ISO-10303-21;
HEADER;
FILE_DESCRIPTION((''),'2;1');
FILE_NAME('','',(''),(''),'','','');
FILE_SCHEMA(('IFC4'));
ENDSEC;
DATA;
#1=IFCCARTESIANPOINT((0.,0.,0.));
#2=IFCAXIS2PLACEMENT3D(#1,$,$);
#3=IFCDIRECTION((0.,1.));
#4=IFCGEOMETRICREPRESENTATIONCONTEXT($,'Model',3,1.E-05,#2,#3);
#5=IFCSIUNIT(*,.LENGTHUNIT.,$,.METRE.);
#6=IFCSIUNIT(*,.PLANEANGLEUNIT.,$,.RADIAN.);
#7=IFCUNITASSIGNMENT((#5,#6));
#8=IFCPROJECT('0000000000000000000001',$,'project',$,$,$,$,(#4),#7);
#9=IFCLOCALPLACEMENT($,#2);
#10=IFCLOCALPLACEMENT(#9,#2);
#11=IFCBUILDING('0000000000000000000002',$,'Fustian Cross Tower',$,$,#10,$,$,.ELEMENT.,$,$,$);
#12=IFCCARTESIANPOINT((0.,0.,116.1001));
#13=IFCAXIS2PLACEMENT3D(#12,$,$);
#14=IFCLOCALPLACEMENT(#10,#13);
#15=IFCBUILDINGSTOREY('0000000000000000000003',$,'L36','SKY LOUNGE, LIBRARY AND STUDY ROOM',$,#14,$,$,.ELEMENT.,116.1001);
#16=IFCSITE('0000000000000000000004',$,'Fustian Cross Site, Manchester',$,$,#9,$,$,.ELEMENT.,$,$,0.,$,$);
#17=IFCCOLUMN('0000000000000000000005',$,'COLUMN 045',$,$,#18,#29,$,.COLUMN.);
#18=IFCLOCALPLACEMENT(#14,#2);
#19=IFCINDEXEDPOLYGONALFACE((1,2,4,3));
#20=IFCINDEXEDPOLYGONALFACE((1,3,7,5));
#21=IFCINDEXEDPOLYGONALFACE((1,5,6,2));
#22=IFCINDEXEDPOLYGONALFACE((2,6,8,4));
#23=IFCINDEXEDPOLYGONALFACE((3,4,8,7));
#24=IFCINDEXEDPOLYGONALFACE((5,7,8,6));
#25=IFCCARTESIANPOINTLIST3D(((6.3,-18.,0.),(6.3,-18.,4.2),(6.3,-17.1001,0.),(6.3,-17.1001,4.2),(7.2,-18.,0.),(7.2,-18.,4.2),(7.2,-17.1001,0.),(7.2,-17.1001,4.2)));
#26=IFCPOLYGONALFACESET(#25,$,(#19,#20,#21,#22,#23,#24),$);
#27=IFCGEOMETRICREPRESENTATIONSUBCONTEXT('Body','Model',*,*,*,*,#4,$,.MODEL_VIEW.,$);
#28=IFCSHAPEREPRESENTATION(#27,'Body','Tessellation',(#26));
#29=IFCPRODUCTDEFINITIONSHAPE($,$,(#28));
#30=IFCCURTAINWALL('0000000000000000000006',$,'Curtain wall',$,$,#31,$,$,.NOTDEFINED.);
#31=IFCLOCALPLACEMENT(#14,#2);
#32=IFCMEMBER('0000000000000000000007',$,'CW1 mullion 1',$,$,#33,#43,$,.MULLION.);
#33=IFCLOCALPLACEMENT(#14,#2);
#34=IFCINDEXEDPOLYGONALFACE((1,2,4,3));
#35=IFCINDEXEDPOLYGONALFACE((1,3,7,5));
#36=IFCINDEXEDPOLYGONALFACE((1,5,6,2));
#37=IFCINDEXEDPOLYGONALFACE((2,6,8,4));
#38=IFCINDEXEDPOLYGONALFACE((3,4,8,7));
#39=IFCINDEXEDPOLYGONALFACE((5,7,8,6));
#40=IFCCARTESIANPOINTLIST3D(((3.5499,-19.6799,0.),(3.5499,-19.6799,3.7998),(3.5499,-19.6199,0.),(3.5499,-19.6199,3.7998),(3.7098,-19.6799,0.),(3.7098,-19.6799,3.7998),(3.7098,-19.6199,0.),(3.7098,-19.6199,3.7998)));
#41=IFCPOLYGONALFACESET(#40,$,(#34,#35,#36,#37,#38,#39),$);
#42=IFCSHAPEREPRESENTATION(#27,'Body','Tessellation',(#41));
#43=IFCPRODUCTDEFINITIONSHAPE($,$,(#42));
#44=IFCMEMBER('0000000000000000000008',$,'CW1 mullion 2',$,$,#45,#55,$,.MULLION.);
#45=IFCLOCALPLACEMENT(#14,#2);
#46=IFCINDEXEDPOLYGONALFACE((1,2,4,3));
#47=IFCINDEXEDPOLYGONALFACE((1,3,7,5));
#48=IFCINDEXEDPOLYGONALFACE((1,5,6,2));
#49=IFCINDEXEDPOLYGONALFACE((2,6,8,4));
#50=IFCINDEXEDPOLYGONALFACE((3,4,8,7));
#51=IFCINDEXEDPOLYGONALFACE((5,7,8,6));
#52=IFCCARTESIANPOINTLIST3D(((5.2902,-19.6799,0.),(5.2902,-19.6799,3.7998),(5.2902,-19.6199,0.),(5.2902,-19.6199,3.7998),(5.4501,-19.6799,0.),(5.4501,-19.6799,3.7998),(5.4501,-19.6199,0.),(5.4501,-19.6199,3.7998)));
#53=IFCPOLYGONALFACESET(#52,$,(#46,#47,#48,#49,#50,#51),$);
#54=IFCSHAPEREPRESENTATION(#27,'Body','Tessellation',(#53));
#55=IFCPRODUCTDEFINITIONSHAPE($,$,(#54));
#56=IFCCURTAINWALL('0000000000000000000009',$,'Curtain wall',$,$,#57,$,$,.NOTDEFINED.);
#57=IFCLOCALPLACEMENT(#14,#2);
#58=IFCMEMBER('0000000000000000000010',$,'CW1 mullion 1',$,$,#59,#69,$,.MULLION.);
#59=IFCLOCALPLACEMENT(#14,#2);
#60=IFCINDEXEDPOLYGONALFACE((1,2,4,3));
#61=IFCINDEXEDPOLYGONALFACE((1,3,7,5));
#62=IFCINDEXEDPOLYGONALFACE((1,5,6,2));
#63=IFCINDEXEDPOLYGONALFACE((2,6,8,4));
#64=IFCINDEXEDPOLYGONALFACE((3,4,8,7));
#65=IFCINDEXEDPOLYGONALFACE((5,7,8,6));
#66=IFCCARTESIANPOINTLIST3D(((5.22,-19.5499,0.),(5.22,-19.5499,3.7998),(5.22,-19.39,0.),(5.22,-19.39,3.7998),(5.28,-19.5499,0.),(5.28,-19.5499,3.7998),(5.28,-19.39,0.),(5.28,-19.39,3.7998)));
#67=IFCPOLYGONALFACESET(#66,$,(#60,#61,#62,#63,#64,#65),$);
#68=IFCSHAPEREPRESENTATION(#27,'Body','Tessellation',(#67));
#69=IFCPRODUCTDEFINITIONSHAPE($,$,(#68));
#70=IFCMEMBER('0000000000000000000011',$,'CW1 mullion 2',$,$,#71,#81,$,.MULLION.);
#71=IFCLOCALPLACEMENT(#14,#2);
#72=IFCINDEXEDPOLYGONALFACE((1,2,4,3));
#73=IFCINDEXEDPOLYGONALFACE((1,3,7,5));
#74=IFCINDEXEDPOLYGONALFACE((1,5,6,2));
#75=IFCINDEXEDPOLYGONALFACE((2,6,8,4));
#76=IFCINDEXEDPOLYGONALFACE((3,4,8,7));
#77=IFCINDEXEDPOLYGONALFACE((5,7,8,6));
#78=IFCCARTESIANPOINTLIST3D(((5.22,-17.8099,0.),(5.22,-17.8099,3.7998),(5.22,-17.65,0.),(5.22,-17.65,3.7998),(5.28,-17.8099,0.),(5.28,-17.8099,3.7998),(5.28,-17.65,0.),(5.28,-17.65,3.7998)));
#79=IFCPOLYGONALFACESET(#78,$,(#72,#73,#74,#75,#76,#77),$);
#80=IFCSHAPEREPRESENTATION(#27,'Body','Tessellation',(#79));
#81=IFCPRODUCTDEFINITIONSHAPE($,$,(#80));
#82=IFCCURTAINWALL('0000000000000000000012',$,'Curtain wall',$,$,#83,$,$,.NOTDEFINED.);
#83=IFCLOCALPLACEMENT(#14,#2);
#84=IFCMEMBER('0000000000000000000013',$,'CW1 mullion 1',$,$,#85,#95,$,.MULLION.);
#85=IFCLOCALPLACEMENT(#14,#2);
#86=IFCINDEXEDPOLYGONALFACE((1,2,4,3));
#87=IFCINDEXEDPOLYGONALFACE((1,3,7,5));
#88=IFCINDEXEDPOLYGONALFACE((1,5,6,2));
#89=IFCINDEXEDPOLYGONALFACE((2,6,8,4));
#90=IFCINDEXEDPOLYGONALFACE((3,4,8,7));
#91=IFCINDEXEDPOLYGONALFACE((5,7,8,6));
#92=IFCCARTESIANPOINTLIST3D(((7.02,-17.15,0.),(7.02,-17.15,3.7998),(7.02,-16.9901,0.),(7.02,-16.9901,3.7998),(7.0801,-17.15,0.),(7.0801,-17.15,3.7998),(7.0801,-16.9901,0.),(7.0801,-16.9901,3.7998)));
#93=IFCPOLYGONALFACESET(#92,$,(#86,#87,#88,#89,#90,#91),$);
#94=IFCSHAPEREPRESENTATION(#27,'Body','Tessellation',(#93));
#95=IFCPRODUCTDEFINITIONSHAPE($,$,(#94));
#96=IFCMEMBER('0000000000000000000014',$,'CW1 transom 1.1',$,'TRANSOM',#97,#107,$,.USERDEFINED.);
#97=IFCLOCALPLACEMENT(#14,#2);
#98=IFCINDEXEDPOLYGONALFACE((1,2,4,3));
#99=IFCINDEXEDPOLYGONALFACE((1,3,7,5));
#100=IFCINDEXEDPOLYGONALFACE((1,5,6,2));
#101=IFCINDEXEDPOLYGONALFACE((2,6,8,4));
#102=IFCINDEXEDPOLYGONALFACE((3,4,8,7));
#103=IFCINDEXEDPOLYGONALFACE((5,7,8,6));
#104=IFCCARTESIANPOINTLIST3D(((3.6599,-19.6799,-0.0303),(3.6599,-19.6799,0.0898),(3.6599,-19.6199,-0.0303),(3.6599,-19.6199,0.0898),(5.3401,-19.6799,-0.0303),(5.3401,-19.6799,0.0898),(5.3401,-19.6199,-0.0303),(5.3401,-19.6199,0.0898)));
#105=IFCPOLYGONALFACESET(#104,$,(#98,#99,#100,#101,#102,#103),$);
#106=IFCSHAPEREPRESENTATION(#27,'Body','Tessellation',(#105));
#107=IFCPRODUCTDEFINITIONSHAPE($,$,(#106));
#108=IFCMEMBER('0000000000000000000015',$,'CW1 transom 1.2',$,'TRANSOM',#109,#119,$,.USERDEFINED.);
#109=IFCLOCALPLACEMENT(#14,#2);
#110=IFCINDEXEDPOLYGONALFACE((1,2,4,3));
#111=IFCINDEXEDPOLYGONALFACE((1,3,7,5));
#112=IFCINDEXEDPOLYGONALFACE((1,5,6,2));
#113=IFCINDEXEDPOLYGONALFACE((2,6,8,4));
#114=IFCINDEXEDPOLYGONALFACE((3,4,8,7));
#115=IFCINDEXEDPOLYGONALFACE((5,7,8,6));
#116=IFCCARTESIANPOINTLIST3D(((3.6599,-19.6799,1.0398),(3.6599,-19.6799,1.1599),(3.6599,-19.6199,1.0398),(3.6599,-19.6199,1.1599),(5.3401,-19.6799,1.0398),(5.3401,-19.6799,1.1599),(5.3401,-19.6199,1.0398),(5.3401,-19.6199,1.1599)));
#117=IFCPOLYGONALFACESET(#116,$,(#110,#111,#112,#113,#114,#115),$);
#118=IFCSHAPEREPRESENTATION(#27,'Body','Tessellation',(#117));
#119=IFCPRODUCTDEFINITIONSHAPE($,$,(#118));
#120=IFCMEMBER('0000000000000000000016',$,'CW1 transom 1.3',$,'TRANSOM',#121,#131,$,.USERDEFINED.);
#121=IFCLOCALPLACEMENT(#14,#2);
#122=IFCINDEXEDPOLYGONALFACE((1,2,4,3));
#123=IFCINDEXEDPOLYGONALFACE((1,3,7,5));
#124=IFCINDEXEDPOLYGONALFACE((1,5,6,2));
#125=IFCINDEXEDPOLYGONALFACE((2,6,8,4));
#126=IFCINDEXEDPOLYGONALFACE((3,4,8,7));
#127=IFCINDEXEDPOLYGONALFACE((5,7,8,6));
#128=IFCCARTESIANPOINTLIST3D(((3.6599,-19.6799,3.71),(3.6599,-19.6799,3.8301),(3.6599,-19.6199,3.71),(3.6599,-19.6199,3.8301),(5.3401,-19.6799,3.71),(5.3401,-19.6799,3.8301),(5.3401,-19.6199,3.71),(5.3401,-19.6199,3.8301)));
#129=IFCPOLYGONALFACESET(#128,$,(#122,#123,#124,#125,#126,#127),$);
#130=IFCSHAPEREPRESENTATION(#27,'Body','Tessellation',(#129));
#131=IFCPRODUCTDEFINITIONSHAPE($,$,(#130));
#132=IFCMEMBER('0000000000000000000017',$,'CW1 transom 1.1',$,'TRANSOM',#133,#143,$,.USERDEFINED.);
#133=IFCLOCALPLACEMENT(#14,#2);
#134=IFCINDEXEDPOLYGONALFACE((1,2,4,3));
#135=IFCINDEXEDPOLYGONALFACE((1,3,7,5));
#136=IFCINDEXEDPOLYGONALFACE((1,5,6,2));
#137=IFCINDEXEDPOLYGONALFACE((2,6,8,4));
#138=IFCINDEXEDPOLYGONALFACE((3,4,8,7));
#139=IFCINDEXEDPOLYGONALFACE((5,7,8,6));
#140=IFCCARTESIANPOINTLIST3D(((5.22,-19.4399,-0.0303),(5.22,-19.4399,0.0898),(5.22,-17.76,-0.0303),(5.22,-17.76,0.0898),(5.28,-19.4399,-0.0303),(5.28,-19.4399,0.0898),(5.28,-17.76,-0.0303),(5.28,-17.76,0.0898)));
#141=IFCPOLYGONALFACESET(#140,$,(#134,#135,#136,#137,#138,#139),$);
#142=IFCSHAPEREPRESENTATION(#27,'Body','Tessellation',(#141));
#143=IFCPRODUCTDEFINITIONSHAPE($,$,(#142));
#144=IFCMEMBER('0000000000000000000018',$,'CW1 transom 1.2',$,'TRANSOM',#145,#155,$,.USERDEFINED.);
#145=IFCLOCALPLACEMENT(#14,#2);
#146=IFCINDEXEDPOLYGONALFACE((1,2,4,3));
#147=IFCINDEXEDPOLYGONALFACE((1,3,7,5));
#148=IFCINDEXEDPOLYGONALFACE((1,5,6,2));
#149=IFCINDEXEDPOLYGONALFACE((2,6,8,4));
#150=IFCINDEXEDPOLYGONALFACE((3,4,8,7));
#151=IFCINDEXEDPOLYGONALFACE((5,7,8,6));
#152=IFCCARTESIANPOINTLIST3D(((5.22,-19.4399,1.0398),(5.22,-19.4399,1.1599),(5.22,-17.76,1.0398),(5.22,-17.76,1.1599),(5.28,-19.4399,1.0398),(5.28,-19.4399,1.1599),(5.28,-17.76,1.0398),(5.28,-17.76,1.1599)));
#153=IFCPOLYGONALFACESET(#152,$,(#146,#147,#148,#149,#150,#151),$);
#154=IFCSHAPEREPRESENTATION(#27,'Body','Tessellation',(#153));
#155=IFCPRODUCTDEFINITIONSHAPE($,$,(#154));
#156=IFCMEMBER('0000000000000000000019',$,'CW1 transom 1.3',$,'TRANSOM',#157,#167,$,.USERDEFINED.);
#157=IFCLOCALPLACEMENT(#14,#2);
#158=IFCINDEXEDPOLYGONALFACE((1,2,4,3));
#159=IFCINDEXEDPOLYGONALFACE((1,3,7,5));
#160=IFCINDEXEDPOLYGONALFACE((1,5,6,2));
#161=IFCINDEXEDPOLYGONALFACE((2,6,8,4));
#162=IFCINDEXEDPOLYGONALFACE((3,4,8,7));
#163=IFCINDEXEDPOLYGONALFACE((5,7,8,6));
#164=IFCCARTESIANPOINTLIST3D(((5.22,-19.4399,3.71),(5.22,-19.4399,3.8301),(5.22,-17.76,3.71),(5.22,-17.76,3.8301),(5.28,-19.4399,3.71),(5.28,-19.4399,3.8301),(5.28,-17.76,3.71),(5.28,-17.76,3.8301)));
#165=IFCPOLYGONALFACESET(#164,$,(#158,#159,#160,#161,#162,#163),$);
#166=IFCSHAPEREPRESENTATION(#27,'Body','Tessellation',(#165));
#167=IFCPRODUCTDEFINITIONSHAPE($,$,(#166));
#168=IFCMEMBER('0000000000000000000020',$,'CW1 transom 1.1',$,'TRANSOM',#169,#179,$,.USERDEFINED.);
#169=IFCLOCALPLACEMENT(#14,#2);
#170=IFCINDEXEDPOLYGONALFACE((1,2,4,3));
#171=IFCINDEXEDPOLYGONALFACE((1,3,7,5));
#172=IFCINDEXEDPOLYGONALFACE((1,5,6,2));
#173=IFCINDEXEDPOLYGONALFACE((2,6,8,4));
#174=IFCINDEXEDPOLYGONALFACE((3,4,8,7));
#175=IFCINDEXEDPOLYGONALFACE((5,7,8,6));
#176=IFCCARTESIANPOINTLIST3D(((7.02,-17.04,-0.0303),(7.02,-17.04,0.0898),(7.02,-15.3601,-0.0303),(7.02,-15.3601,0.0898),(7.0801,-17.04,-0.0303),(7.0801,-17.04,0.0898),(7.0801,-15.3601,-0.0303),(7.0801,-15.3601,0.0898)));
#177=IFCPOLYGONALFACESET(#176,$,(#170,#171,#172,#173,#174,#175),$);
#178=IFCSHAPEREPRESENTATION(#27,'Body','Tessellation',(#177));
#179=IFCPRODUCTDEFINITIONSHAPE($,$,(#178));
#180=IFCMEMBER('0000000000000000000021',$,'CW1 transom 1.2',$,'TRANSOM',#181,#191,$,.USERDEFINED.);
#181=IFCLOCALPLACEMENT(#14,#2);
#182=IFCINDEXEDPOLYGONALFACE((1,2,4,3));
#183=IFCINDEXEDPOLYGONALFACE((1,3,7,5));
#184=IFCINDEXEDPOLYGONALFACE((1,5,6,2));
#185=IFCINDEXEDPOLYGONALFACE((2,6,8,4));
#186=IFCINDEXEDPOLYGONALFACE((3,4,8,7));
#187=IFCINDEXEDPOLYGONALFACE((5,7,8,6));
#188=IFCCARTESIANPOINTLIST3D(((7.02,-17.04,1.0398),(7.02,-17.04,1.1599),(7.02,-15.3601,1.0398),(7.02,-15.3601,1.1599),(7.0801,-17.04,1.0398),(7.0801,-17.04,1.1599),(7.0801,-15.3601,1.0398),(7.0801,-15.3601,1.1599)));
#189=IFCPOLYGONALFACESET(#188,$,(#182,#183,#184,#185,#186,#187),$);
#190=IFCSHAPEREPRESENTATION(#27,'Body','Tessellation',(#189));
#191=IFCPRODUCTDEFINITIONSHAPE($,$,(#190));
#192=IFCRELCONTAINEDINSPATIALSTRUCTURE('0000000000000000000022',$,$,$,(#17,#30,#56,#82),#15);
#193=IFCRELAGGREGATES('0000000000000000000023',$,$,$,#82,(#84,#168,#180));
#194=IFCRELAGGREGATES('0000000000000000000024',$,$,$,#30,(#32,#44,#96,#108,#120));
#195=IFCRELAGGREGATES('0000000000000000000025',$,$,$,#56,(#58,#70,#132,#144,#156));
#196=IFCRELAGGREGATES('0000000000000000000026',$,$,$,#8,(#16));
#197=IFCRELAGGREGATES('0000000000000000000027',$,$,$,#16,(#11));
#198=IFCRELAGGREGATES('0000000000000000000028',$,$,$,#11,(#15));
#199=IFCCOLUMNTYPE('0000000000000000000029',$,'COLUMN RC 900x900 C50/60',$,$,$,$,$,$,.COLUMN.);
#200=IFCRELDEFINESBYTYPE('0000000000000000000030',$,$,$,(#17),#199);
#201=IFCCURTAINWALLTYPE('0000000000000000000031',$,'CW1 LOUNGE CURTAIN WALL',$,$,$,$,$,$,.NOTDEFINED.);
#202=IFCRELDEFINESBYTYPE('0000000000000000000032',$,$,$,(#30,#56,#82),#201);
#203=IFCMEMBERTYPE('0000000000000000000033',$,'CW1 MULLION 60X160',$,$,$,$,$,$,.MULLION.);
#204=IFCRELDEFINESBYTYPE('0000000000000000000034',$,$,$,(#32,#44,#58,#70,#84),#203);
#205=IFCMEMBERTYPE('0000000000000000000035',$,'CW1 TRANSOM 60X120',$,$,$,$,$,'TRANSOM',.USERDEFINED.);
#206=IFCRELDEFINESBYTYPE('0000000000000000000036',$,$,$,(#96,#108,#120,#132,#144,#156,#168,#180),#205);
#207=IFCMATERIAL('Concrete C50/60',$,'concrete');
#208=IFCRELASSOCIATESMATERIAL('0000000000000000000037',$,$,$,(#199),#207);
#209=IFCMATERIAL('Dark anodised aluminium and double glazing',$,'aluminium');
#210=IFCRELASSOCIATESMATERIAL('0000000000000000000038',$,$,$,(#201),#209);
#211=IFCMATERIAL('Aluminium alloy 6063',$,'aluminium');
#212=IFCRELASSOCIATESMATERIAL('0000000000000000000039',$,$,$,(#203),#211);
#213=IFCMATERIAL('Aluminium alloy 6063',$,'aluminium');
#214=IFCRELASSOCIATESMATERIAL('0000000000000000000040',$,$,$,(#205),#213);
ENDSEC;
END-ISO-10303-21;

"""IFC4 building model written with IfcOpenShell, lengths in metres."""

from ifc_helpers import new_model, si_unit, direction, frame, origin, origin_2d, place, context, subcontext, project, spatial, rectangle, extrude, material, material_profile, profile_set, type_object, element, aggregate, save


model = new_model("IFC4")

# Units and contexts
model_context = context("Model", 3, precision=1e-05, world=origin(), true_north=direction((0.0, 1.0)))
body_context = subcontext(model_context, "Body", "Model", "MODEL_VIEW")
ifc_project = project(units=[si_unit("LENGTHUNIT", "METRE"), si_unit("PLANEANGLEUNIT", "RADIAN")], contexts=[model_context])

# Site, building, storey
site_placement = place(None, origin())
site = spatial("IfcSite", under=ifc_project, at=site_placement, Name="Fustian Cross Site, Manchester", CompositionType="ELEMENT", RefElevation=0.0)
building_placement = place(site_placement, origin())
building = spatial("IfcBuilding", under=site, at=building_placement, Name="Fustian Cross Tower", CompositionType="ELEMENT")
storey_placement = place(building_placement, frame((0.0, 0.0, 116.1001)))
storey = spatial("IfcBuildingStorey", under=building, at=storey_placement, Name="L36", Description="SKY LOUNGE, LIBRARY AND STUDY ROOM", CompositionType="ELEMENT", Elevation=116.1001)

# Column
ifc_material_1 = material(Name="Concrete C50/60", Category="concrete")
ifc_material_profile_1 = material_profile(ifc_material_1, rectangle(XDim=0.8999, YDim=0.8999, at=origin_2d()), Name="RC 900x900")
ifc_profile_set_1 = profile_set([ifc_material_profile_1], Name="Concrete C50/60")
column_type = type_object("IfcColumnType", Name="COLUMN RC 900x900 C50/60", PredefinedType="COLUMN", material=ifc_profile_set_1)
column_placement = place(storey_placement, frame((6.75, -17.55, 0.0), z_axis=(0.0, 0.0, 1.0), x_axis=(1.0, 0.0, 0.0)))
element("IfcColumn", 1, at=column_placement, inside=storey, type_object=column_type, Name="COLUMN 045", PredefinedType="COLUMN", context=body_context, shape_type="SweptSolid", body=[
    extrude(rectangle(XDim=0.8999, YDim=0.8999, at=origin_2d()), origin(), (0.0, 0.0, 1.0), 4.2),
])

# Curtain walls, members
ifc_material_2 = material(Name="Dark anodised aluminium and double glazing", Category="aluminium")
curtain_wall_type = type_object("IfcCurtainWallType", Name="CW1 LOUNGE CURTAIN WALL", PredefinedType="NOTDEFINED", material=ifc_material_2)
curtain_wall_1_placement = place(storey_placement, origin())
curtain_wall_1 = element("IfcCurtainWall", 2, at=curtain_wall_1_placement, inside=storey, type_object=curtain_wall_type, Name="Curtain wall", PredefinedType="NOTDEFINED")
ifc_material_3 = material(Name="Aluminium alloy 6063", Category="aluminium")
ifc_material_profile_2 = material_profile(ifc_material_3, rectangle(XDim=0.0601, YDim=0.1599, at=origin_2d()), Name="CW1 MULLION 60X160")
ifc_profile_set_2 = profile_set([ifc_material_profile_2], Name="Aluminium alloy 6063")
member_type_1 = type_object("IfcMemberType", Name="CW1 MULLION 60X160", PredefinedType="MULLION", material=ifc_profile_set_2)
member_1_placement = place(storey_placement, frame((3.6299, -19.6499, 0.0), z_axis=(0.0, 0.0, 1.0), x_axis=(0.0, 1.0, 0.0)))
member_1 = element("IfcMember", 3, at=member_1_placement, type_object=member_type_1, Name="CW1 mullion 1", PredefinedType="MULLION", context=body_context, shape_type="SweptSolid", body=[
    extrude(rectangle(XDim=0.0601, YDim=0.1599, at=origin_2d()), origin(), (0.0, 0.0, 1.0), 3.7998),
])
member_2_placement = place(storey_placement, frame((5.3701, -19.6499, 0.0), z_axis=(0.0, 0.0, 1.0), x_axis=(0.0, 1.0, 0.0)))
member_2 = element("IfcMember", 4, at=member_2_placement, type_object=member_type_1, Name="CW1 mullion 2", PredefinedType="MULLION", context=body_context, shape_type="SweptSolid", body=[
    extrude(rectangle(XDim=0.0601, YDim=0.1599, at=origin_2d()), origin(), (0.0, 0.0, 1.0), 3.7998),
])
curtain_wall_2_placement = place(storey_placement, origin())
curtain_wall_2 = element("IfcCurtainWall", 5, at=curtain_wall_2_placement, inside=storey, type_object=curtain_wall_type, Name="Curtain wall", PredefinedType="NOTDEFINED")
member_3_placement = place(storey_placement, frame((5.25, -19.47, 0.0), z_axis=(0.0, 0.0, 1.0), x_axis=(-1.0, 0.0, 0.0)))
member_3 = element("IfcMember", 6, at=member_3_placement, type_object=member_type_1, Name="CW1 mullion 1", PredefinedType="MULLION", context=body_context, shape_type="SweptSolid", body=[
    extrude(rectangle(XDim=0.0601, YDim=0.1599, at=origin_2d()), origin(), (0.0, 0.0, 1.0), 3.7998),
])
member_4_placement = place(storey_placement, frame((5.25, -17.73, 0.0), z_axis=(0.0, 0.0, 1.0), x_axis=(-1.0, 0.0, 0.0)))
member_4 = element("IfcMember", 7, at=member_4_placement, type_object=member_type_1, Name="CW1 mullion 2", PredefinedType="MULLION", context=body_context, shape_type="SweptSolid", body=[
    extrude(rectangle(XDim=0.0601, YDim=0.1599, at=origin_2d()), origin(), (0.0, 0.0, 1.0), 3.7998),
])

# Curtain wall, member
curtain_wall_3_placement = place(storey_placement, origin())
curtain_wall_3 = element("IfcCurtainWall", 8, at=curtain_wall_3_placement, inside=storey, type_object=curtain_wall_type, Name="Curtain wall", PredefinedType="NOTDEFINED")
member_5_placement = place(storey_placement, frame((7.05, -17.0701, 0.0), z_axis=(0.0, 0.0, 1.0), x_axis=(-1.0, 0.0, 0.0)))
member_5 = element("IfcMember", 9, at=member_5_placement, type_object=member_type_1, Name="CW1 mullion 1", PredefinedType="MULLION", context=body_context, shape_type="SweptSolid", body=[
    extrude(rectangle(XDim=0.0601, YDim=0.1599, at=origin_2d()), origin(), (0.0, 0.0, 1.0), 3.7998),
])

# Members
ifc_material_4 = material(Name="Aluminium alloy 6063", Category="aluminium")
ifc_material_profile_3 = material_profile(ifc_material_4, rectangle(XDim=0.0601, YDim=0.1201, at=origin_2d()), Name="CW1 TRANSOM 60X120")
ifc_profile_set_3 = profile_set([ifc_material_profile_3], Name="Aluminium alloy 6063")
member_type_2 = type_object("IfcMemberType", Name="CW1 TRANSOM 60X120", ElementType="TRANSOM", PredefinedType="USERDEFINED", material=ifc_profile_set_3)
member_6_placement = place(storey_placement, frame((3.6599, -19.6499, 0.0298), z_axis=(1.0, 0.0, 0.0), x_axis=(0.0, 1.0, 0.0)))
member_6 = element("IfcMember", 10, at=member_6_placement, type_object=member_type_2, Name="CW1 transom 1.1", ObjectType="TRANSOM", PredefinedType="USERDEFINED", context=body_context, shape_type="SweptSolid", body=[
    extrude(rectangle(XDim=0.0601, YDim=0.1201, at=origin_2d()), origin(), (0.0, 0.0, 1.0), 1.6802),
])
member_7_placement = place(storey_placement, frame((3.6599, -19.6499, 1.0999), z_axis=(1.0, 0.0, 0.0), x_axis=(0.0, 1.0, 0.0)))
member_7 = element("IfcMember", 11, at=member_7_placement, type_object=member_type_2, Name="CW1 transom 1.2", ObjectType="TRANSOM", PredefinedType="USERDEFINED", context=body_context, shape_type="SweptSolid", body=[
    extrude(rectangle(XDim=0.0601, YDim=0.1201, at=origin_2d()), origin(), (0.0, 0.0, 1.0), 1.6802),
])
member_8_placement = place(storey_placement, frame((3.6599, -19.6499, 3.77), z_axis=(1.0, 0.0, 0.0), x_axis=(0.0, 1.0, 0.0)))
member_8 = element("IfcMember", 12, at=member_8_placement, type_object=member_type_2, Name="CW1 transom 1.3", ObjectType="TRANSOM", PredefinedType="USERDEFINED", context=body_context, shape_type="SweptSolid", body=[
    extrude(rectangle(XDim=0.0601, YDim=0.1201, at=origin_2d()), origin(), (0.0, 0.0, 1.0), 1.6802),
])
member_9_placement = place(storey_placement, frame((5.25, -19.4399, 0.0298), z_axis=(0.0, 1.0, 0.0), x_axis=(-1.0, 0.0, 0.0)))
member_9 = element("IfcMember", 13, at=member_9_placement, type_object=member_type_2, Name="CW1 transom 1.1", ObjectType="TRANSOM", PredefinedType="USERDEFINED", context=body_context, shape_type="SweptSolid", body=[
    extrude(rectangle(XDim=0.0601, YDim=0.1201, at=origin_2d()), origin(), (0.0, 0.0, 1.0), 1.6799),
])
member_10_placement = place(storey_placement, frame((5.25, -19.4399, 1.0999), z_axis=(0.0, 1.0, 0.0), x_axis=(-1.0, 0.0, 0.0)))
member_10 = element("IfcMember", 14, at=member_10_placement, type_object=member_type_2, Name="CW1 transom 1.2", ObjectType="TRANSOM", PredefinedType="USERDEFINED", context=body_context, shape_type="SweptSolid", body=[
    extrude(rectangle(XDim=0.0601, YDim=0.1201, at=origin_2d()), origin(), (0.0, 0.0, 1.0), 1.6799),
])
member_11_placement = place(storey_placement, frame((5.25, -19.4399, 3.77), z_axis=(0.0, 1.0, 0.0), x_axis=(-1.0, 0.0, 0.0)))
member_11 = element("IfcMember", 15, at=member_11_placement, type_object=member_type_2, Name="CW1 transom 1.3", ObjectType="TRANSOM", PredefinedType="USERDEFINED", context=body_context, shape_type="SweptSolid", body=[
    extrude(rectangle(XDim=0.0601, YDim=0.1201, at=origin_2d()), origin(), (0.0, 0.0, 1.0), 1.6799),
])
member_12_placement = place(storey_placement, frame((7.05, -17.04, 0.0298), z_axis=(0.0, 1.0, 0.0), x_axis=(-1.0, 0.0, 0.0)))
member_12 = element("IfcMember", 16, at=member_12_placement, type_object=member_type_2, Name="CW1 transom 1.1", ObjectType="TRANSOM", PredefinedType="USERDEFINED", context=body_context, shape_type="SweptSolid", body=[
    extrude(rectangle(XDim=0.0601, YDim=0.1201, at=origin_2d()), origin(), (0.0, 0.0, 1.0), 1.6799),
])
member_13_placement = place(storey_placement, frame((7.05, -17.04, 1.0999), z_axis=(0.0, 1.0, 0.0), x_axis=(-1.0, 0.0, 0.0)))
member_13 = element("IfcMember", 17, at=member_13_placement, type_object=member_type_2, Name="CW1 transom 1.2", ObjectType="TRANSOM", PredefinedType="USERDEFINED", context=body_context, shape_type="SweptSolid", body=[
    extrude(rectangle(XDim=0.0601, YDim=0.1201, at=origin_2d()), origin(), (0.0, 0.0, 1.0), 1.6799),
])
aggregate(curtain_wall_3, [member_5, member_12, member_13])

aggregate(curtain_wall_1, [member_1, member_2, member_6, member_7, member_8])
aggregate(curtain_wall_2, [member_3, member_4, member_9, member_10, member_11])

save(model, "model.ifc")
